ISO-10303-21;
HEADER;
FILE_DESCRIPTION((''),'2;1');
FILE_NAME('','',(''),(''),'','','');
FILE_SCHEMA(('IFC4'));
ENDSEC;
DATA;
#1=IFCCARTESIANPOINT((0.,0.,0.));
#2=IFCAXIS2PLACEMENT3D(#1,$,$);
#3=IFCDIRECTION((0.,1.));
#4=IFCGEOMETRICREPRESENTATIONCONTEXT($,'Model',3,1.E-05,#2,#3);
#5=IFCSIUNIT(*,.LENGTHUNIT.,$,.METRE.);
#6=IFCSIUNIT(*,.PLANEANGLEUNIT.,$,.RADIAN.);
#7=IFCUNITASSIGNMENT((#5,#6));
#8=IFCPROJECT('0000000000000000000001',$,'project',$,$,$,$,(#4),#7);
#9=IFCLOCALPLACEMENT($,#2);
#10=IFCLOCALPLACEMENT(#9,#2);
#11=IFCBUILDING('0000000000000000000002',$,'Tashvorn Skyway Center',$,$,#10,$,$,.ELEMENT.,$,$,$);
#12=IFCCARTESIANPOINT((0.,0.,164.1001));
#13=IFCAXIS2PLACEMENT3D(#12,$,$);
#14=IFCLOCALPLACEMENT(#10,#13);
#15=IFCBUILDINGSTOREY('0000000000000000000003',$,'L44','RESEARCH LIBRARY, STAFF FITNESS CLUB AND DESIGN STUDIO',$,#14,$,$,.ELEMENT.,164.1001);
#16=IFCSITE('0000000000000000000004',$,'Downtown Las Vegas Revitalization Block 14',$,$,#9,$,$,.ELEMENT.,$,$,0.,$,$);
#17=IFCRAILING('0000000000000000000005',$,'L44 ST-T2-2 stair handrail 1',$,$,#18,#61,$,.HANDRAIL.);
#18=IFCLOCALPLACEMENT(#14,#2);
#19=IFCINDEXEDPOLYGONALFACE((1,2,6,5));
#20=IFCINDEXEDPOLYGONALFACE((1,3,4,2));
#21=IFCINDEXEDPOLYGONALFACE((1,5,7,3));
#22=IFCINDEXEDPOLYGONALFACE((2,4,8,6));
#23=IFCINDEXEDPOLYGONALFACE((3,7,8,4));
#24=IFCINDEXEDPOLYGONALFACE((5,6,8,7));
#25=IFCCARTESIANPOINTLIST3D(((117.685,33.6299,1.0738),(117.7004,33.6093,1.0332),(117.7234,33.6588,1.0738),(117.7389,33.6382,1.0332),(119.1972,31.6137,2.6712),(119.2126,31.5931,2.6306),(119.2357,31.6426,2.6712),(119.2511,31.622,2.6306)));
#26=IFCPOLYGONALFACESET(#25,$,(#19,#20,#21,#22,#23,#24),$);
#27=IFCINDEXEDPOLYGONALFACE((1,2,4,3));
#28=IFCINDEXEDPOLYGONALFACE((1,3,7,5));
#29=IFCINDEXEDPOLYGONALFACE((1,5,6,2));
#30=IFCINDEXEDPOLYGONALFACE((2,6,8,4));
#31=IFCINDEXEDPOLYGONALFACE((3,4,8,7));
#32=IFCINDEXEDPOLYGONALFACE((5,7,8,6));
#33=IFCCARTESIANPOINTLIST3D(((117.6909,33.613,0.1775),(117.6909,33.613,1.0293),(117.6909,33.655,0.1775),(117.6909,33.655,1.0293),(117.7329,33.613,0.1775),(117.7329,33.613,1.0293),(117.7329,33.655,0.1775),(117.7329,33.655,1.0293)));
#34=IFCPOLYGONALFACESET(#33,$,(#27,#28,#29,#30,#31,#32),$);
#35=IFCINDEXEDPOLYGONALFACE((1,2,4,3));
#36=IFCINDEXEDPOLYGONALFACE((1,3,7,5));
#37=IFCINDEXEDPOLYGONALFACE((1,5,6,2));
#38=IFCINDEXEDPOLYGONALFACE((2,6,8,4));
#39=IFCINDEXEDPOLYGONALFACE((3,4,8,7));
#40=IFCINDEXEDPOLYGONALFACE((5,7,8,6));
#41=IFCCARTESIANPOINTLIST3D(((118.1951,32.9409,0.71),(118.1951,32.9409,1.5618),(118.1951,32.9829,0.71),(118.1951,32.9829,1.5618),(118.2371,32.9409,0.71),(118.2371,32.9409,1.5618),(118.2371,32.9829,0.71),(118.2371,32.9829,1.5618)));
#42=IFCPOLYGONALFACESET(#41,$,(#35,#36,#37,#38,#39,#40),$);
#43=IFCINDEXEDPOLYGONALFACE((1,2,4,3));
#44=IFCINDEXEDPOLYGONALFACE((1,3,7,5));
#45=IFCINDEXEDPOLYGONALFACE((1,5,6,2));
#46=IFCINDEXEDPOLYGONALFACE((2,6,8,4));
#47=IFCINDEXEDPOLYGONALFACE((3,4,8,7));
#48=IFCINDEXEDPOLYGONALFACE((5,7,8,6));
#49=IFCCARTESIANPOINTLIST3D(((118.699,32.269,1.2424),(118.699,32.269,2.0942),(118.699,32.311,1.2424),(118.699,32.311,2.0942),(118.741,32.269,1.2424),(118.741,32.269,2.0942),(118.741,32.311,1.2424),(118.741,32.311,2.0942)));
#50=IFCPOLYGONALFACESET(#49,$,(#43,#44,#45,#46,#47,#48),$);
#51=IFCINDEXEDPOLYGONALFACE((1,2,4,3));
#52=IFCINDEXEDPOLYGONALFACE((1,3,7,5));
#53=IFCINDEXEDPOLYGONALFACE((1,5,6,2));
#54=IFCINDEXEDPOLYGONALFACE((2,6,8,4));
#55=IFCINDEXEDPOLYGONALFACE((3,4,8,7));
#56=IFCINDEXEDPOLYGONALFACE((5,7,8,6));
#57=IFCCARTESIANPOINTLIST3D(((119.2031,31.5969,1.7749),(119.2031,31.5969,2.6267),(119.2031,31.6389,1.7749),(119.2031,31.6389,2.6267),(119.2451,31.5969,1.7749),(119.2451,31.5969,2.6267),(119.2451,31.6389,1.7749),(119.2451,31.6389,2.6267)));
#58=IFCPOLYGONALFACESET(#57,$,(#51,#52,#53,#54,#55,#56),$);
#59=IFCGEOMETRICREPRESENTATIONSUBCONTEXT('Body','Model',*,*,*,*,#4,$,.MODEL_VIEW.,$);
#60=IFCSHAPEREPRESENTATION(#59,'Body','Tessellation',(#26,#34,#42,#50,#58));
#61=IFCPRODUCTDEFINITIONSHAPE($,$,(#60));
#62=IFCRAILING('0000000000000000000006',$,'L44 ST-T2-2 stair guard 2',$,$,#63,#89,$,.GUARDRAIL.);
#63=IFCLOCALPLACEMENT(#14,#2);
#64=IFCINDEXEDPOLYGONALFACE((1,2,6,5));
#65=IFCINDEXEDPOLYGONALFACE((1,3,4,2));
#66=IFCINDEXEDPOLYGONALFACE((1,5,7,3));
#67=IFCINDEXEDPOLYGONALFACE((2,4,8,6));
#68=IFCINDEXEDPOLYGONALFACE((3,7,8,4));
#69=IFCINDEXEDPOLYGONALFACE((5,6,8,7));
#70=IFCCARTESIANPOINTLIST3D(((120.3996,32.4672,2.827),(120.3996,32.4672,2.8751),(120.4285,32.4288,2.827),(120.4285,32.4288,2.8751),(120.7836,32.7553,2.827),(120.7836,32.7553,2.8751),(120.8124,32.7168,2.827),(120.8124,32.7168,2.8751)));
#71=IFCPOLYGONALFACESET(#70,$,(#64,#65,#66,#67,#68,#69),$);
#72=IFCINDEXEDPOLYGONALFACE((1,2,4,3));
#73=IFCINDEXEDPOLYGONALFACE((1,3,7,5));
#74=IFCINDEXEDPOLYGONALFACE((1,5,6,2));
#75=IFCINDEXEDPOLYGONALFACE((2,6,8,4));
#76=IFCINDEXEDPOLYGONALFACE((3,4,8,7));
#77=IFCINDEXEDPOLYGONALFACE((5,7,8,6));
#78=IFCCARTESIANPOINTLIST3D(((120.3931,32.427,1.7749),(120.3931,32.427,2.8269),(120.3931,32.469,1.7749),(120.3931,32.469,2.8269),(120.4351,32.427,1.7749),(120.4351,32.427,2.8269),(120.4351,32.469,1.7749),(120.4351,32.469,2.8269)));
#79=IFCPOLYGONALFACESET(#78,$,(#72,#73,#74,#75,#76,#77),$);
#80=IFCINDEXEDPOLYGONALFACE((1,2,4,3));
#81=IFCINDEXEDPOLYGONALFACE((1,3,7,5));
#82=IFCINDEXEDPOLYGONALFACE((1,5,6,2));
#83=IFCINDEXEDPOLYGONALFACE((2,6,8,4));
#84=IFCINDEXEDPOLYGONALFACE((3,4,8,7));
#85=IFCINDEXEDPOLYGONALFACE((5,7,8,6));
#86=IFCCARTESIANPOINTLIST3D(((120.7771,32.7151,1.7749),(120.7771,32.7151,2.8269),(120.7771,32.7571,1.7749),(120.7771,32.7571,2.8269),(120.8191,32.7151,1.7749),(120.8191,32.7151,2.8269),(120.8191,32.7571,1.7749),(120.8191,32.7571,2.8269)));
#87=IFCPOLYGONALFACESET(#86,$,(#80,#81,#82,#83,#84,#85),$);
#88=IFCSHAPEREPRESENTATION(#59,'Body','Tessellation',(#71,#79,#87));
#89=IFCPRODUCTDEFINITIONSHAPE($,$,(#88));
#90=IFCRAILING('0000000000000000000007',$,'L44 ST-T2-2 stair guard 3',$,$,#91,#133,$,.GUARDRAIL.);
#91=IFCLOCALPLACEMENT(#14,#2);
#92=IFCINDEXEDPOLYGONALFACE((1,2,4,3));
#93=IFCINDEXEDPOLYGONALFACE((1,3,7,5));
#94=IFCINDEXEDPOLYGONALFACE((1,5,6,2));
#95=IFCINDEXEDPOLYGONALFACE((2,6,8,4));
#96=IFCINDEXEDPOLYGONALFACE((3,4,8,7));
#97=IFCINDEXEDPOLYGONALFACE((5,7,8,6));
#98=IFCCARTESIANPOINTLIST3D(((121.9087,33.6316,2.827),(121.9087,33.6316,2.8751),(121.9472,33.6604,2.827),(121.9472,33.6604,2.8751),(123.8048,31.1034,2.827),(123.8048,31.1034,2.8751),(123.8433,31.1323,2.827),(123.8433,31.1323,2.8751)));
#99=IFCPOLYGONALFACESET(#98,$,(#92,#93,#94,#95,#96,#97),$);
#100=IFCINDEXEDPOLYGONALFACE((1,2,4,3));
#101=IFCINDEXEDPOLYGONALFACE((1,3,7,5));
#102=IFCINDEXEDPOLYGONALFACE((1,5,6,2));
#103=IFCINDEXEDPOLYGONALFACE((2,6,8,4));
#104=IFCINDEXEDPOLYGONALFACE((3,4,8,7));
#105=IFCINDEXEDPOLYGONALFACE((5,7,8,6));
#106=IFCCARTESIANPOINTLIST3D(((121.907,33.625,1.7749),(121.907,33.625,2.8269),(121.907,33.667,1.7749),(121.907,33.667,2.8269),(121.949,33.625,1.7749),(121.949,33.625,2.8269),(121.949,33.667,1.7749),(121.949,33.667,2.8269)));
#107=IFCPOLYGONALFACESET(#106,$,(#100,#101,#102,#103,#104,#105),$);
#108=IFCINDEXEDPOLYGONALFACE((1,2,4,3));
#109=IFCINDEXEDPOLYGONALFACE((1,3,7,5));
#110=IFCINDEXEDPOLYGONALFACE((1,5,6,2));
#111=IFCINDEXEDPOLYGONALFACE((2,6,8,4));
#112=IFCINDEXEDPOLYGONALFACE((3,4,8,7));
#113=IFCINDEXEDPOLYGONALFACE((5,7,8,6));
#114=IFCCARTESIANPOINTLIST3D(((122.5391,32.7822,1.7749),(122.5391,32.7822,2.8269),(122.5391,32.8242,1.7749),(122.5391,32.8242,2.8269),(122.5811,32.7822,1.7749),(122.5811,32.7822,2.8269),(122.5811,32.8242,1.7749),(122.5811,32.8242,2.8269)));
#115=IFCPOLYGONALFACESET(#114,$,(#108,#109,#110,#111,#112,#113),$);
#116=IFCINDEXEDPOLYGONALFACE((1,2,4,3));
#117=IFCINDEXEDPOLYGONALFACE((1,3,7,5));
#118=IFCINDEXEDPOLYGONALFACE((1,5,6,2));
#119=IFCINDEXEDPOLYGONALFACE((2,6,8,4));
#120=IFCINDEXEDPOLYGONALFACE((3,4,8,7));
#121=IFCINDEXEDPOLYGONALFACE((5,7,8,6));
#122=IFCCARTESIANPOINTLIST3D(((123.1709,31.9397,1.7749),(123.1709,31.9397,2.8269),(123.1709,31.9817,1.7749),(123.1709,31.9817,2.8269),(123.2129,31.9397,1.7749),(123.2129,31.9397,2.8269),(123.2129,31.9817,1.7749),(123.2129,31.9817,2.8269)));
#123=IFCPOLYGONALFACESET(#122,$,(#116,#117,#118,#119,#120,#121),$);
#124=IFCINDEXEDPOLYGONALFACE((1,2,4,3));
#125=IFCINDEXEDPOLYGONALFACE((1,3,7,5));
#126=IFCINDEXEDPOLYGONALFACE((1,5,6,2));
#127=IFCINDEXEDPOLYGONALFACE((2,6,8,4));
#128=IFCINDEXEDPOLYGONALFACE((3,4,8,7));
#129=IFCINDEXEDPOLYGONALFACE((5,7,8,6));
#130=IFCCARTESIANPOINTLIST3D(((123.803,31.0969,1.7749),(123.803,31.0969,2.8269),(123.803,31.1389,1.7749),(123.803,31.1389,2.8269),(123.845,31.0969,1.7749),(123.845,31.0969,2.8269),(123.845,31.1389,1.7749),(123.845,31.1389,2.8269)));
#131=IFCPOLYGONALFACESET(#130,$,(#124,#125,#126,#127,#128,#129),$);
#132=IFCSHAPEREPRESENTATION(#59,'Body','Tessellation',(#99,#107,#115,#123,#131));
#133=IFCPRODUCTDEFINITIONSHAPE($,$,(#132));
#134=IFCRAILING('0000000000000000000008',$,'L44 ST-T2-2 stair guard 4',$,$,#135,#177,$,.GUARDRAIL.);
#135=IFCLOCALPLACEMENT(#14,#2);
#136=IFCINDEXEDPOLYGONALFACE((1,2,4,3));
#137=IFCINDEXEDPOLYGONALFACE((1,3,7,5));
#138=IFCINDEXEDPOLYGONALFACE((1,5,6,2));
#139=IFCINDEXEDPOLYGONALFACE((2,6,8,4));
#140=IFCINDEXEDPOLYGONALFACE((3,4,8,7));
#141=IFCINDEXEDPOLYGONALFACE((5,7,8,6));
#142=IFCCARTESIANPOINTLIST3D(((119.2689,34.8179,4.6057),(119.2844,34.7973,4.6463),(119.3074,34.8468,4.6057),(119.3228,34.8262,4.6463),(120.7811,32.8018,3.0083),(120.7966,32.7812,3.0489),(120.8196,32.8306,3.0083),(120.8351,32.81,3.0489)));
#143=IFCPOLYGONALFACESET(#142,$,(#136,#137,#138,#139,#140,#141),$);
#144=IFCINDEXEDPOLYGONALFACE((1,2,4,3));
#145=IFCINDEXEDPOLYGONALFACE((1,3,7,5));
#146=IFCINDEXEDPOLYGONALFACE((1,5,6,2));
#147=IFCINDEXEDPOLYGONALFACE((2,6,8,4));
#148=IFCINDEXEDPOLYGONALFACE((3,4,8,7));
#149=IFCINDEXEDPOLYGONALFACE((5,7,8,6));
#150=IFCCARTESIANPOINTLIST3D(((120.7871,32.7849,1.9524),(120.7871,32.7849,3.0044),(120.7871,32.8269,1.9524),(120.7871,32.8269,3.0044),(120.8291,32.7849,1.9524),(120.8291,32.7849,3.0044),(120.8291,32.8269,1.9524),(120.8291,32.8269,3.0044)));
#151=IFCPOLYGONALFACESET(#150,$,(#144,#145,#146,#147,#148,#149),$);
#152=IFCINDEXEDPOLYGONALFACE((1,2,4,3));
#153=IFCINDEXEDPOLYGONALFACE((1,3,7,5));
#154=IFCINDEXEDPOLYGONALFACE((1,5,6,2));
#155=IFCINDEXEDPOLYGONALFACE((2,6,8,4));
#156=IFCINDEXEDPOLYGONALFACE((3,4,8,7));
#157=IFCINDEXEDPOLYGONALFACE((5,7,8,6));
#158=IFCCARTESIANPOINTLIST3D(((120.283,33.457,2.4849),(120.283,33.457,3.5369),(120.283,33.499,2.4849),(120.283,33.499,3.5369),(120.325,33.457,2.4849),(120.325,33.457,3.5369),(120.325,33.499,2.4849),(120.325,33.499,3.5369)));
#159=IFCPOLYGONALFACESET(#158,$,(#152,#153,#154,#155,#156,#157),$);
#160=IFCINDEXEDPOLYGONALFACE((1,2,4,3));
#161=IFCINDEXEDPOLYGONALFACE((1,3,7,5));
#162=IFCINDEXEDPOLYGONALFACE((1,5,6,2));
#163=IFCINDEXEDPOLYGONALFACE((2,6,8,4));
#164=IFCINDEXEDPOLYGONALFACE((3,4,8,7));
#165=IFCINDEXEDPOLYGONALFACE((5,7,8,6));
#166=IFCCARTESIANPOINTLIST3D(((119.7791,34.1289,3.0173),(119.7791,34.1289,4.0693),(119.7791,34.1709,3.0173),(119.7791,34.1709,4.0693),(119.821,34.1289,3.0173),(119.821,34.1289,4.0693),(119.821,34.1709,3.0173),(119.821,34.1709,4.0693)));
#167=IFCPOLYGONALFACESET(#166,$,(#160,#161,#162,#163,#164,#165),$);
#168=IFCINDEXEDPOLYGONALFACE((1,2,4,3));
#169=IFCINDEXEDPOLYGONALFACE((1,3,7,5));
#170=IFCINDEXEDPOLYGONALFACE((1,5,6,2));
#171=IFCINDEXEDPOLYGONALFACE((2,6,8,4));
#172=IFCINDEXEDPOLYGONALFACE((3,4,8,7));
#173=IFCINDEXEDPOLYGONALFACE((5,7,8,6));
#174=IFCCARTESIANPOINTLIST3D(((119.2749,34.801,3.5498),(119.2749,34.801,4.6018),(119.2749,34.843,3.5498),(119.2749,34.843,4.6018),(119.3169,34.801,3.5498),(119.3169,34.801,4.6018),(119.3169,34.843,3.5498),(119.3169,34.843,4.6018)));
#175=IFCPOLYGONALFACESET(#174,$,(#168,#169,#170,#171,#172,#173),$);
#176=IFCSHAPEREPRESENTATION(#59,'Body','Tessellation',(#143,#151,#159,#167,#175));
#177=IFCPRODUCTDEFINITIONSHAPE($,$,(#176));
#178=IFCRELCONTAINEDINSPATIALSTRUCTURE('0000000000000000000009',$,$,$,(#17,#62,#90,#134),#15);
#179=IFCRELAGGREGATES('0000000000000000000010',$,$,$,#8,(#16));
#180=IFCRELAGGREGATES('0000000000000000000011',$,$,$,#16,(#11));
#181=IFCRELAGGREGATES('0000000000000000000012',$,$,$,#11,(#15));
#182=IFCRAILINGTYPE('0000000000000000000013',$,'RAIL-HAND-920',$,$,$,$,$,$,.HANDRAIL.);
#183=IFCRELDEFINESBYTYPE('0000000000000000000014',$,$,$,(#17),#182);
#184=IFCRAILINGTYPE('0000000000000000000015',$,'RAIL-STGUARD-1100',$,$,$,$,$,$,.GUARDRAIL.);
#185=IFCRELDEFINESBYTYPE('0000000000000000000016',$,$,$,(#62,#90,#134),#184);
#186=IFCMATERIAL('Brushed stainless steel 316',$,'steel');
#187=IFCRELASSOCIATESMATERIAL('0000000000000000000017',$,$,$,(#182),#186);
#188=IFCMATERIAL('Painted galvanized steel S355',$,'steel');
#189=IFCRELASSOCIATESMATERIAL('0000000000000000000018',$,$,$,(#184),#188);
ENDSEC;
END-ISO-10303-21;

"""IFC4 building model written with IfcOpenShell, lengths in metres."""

from ifc_helpers import new_model, si_unit, direction, frame, origin, origin_2d, place, context, subcontext, project, spatial, rectangle, extrude, material, type_object, element, save


model = new_model("IFC4")

# Units and contexts
model_context = context("Model", 3, precision=1e-05, world=origin(), true_north=direction((0.0, 1.0)))
body_context = subcontext(model_context, "Body", "Model", "MODEL_VIEW")
ifc_project = project(units=[si_unit("LENGTHUNIT", "METRE"), si_unit("PLANEANGLEUNIT", "RADIAN")], contexts=[model_context])

# Site, building, storey
site_placement = place(None, origin())
site = spatial("IfcSite", under=ifc_project, at=site_placement, Name="Downtown Las Vegas Revitalization Block 14", CompositionType="ELEMENT", RefElevation=0.0)
building_placement = place(site_placement, origin())
building = spatial("IfcBuilding", under=site, at=building_placement, Name="Tashvorn Skyway Center", CompositionType="ELEMENT")
storey_placement = place(building_placement, frame((0.0, 0.0, 164.1001)))
storey = spatial("IfcBuildingStorey", under=building, at=storey_placement, Name="L44", Description="RESEARCH LIBRARY, STAFF FITNESS CLUB AND DESIGN STUDIO", CompositionType="ELEMENT", Elevation=164.1001)

# Railings
ifc_material_1 = material(Name="Brushed stainless steel 316", Category="steel")
railing_type_1 = type_object("IfcRailingType", Name="RAIL-HAND-920", PredefinedType="HANDRAIL", material=ifc_material_1)
railing_1_placement = place(storey_placement, frame((117.7119, 33.634, 0.1775)))
element("IfcRailing", 1, at=railing_1_placement, inside=storey, type_object=railing_type_1, Name="L44 ST-T2-2 stair handrail 1", PredefinedType="HANDRAIL", context=body_context, shape_type="SweptSolid", body=[
    extrude(rectangle(XDim=0.0481, YDim=0.0481, at=origin_2d()), frame((0.0, 0.0, 0.876), z_axis=(0.506802, -0.675681, 0.535357), x_axis=(0.799977, 0.600031, 0.0)), (0.0, 0.0, 1.0), 2.9839),
    extrude(rectangle(XDim=0.042, YDim=0.042, at=origin_2d()), origin(), (0.0, 0.0, 1.0), 0.8518),
    extrude(rectangle(XDim=0.042, YDim=0.042, at=origin_2d()), frame((0.5042, -0.6721, 0.5325)), (0.0, 0.0, 1.0), 0.8518),
    extrude(rectangle(XDim=0.042, YDim=0.042, at=origin_2d()), frame((1.0081, -1.344, 1.0649)), (0.0, 0.0, 1.0), 0.8518),
    extrude(rectangle(XDim=0.042, YDim=0.042, at=origin_2d()), frame((1.5122, -2.0161, 1.5974)), (0.0, 0.0, 1.0), 0.8518),
])
ifc_material_2 = material(Name="Painted galvanized steel S355", Category="steel")
railing_type_2 = type_object("IfcRailingType", Name="RAIL-STGUARD-1100", PredefinedType="GUARDRAIL", material=ifc_material_2)
railing_2_placement = place(storey_placement, frame((120.4141, 32.448, 1.7749)))
element("IfcRailing", 2, at=railing_2_placement, inside=storey, type_object=railing_type_2, Name="L44 ST-T2-2 stair guard 2", PredefinedType="GUARDRAIL", context=body_context, shape_type="SweptSolid", body=[
    extrude(rectangle(XDim=0.0481, YDim=0.0481, at=origin_2d()), frame((0.0, 0.0, 1.0762), z_axis=(0.799939, 0.600081, 0.0), x_axis=(-0.600081, 0.799939, 0.0)), (0.0, 0.0, 1.0), 0.48),
    extrude(rectangle(XDim=0.042, YDim=0.042, at=origin_2d()), origin(), (0.0, 0.0, 1.0), 1.052),
    extrude(rectangle(XDim=0.042, YDim=0.042, at=origin_2d()), frame((0.384, 0.2881, 0.0)), (0.0, 0.0, 1.0), 1.052),
])
railing_3_placement = place(storey_placement, frame((121.928, 33.646, 1.7749)))
element("IfcRailing", 3, at=railing_3_placement, inside=storey, type_object=railing_type_2, Name="L44 ST-T2-2 stair guard 3", PredefinedType="GUARDRAIL", context=body_context, shape_type="SweptSolid", body=[
    extrude(rectangle(XDim=0.0481, YDim=0.0481, at=origin_2d()), frame((0.0, 0.0, 1.0762), z_axis=(0.599988, -0.800009, 0.0), x_axis=(0.800009, 0.599988, 0.0)), (0.0, 0.0, 1.0), 3.1602),
    extrude(rectangle(XDim=0.042, YDim=0.042, at=origin_2d()), origin(), (0.0, 0.0, 1.0), 1.052),
    extrude(rectangle(XDim=0.042, YDim=0.042, at=origin_2d()), frame((0.6321, -0.8428, 0.0)), (0.0, 0.0, 1.0), 1.052),
    extrude(rectangle(XDim=0.042, YDim=0.042, at=origin_2d()), frame((1.2639, -1.6853, 0.0)), (0.0, 0.0, 1.0), 1.052),
    extrude(rectangle(XDim=0.042, YDim=0.042, at=origin_2d()), frame((1.896, -2.5281, 0.0)), (0.0, 0.0, 1.0), 1.052),
])
railing_4_placement = place(storey_placement, frame((120.8081, 32.8059, 1.9524)))
element("IfcRailing", 4, at=railing_4_placement, inside=storey, type_object=railing_type_2, Name="L44 ST-T2-2 stair guard 4", PredefinedType="GUARDRAIL", context=body_context, shape_type="SweptSolid", body=[
    extrude(rectangle(XDim=0.0481, YDim=0.0481, at=origin_2d()), frame((0.0, 0.0, 1.0762), z_axis=(-0.506802, 0.675681, 0.535357), x_axis=(-0.799977, -0.600031, 0.0)), (0.0, 0.0, 1.0), 2.9839),
    extrude(rectangle(XDim=0.042, YDim=0.042, at=origin_2d()), origin(), (0.0, 0.0, 1.0), 1.052),
    extrude(rectangle(XDim=0.042, YDim=0.042, at=origin_2d()), frame((-0.5042, 0.6721, 0.5325)), (0.0, 0.0, 1.0), 1.052),
    extrude(rectangle(XDim=0.042, YDim=0.042, at=origin_2d()), frame((-1.0081, 1.344, 1.0649)), (0.0, 0.0, 1.0), 1.052),
    extrude(rectangle(XDim=0.042, YDim=0.042, at=origin_2d()), frame((-1.5122, 2.0161, 1.5974)), (0.0, 0.0, 1.0), 1.052),
])

save(model, "model.ifc")
